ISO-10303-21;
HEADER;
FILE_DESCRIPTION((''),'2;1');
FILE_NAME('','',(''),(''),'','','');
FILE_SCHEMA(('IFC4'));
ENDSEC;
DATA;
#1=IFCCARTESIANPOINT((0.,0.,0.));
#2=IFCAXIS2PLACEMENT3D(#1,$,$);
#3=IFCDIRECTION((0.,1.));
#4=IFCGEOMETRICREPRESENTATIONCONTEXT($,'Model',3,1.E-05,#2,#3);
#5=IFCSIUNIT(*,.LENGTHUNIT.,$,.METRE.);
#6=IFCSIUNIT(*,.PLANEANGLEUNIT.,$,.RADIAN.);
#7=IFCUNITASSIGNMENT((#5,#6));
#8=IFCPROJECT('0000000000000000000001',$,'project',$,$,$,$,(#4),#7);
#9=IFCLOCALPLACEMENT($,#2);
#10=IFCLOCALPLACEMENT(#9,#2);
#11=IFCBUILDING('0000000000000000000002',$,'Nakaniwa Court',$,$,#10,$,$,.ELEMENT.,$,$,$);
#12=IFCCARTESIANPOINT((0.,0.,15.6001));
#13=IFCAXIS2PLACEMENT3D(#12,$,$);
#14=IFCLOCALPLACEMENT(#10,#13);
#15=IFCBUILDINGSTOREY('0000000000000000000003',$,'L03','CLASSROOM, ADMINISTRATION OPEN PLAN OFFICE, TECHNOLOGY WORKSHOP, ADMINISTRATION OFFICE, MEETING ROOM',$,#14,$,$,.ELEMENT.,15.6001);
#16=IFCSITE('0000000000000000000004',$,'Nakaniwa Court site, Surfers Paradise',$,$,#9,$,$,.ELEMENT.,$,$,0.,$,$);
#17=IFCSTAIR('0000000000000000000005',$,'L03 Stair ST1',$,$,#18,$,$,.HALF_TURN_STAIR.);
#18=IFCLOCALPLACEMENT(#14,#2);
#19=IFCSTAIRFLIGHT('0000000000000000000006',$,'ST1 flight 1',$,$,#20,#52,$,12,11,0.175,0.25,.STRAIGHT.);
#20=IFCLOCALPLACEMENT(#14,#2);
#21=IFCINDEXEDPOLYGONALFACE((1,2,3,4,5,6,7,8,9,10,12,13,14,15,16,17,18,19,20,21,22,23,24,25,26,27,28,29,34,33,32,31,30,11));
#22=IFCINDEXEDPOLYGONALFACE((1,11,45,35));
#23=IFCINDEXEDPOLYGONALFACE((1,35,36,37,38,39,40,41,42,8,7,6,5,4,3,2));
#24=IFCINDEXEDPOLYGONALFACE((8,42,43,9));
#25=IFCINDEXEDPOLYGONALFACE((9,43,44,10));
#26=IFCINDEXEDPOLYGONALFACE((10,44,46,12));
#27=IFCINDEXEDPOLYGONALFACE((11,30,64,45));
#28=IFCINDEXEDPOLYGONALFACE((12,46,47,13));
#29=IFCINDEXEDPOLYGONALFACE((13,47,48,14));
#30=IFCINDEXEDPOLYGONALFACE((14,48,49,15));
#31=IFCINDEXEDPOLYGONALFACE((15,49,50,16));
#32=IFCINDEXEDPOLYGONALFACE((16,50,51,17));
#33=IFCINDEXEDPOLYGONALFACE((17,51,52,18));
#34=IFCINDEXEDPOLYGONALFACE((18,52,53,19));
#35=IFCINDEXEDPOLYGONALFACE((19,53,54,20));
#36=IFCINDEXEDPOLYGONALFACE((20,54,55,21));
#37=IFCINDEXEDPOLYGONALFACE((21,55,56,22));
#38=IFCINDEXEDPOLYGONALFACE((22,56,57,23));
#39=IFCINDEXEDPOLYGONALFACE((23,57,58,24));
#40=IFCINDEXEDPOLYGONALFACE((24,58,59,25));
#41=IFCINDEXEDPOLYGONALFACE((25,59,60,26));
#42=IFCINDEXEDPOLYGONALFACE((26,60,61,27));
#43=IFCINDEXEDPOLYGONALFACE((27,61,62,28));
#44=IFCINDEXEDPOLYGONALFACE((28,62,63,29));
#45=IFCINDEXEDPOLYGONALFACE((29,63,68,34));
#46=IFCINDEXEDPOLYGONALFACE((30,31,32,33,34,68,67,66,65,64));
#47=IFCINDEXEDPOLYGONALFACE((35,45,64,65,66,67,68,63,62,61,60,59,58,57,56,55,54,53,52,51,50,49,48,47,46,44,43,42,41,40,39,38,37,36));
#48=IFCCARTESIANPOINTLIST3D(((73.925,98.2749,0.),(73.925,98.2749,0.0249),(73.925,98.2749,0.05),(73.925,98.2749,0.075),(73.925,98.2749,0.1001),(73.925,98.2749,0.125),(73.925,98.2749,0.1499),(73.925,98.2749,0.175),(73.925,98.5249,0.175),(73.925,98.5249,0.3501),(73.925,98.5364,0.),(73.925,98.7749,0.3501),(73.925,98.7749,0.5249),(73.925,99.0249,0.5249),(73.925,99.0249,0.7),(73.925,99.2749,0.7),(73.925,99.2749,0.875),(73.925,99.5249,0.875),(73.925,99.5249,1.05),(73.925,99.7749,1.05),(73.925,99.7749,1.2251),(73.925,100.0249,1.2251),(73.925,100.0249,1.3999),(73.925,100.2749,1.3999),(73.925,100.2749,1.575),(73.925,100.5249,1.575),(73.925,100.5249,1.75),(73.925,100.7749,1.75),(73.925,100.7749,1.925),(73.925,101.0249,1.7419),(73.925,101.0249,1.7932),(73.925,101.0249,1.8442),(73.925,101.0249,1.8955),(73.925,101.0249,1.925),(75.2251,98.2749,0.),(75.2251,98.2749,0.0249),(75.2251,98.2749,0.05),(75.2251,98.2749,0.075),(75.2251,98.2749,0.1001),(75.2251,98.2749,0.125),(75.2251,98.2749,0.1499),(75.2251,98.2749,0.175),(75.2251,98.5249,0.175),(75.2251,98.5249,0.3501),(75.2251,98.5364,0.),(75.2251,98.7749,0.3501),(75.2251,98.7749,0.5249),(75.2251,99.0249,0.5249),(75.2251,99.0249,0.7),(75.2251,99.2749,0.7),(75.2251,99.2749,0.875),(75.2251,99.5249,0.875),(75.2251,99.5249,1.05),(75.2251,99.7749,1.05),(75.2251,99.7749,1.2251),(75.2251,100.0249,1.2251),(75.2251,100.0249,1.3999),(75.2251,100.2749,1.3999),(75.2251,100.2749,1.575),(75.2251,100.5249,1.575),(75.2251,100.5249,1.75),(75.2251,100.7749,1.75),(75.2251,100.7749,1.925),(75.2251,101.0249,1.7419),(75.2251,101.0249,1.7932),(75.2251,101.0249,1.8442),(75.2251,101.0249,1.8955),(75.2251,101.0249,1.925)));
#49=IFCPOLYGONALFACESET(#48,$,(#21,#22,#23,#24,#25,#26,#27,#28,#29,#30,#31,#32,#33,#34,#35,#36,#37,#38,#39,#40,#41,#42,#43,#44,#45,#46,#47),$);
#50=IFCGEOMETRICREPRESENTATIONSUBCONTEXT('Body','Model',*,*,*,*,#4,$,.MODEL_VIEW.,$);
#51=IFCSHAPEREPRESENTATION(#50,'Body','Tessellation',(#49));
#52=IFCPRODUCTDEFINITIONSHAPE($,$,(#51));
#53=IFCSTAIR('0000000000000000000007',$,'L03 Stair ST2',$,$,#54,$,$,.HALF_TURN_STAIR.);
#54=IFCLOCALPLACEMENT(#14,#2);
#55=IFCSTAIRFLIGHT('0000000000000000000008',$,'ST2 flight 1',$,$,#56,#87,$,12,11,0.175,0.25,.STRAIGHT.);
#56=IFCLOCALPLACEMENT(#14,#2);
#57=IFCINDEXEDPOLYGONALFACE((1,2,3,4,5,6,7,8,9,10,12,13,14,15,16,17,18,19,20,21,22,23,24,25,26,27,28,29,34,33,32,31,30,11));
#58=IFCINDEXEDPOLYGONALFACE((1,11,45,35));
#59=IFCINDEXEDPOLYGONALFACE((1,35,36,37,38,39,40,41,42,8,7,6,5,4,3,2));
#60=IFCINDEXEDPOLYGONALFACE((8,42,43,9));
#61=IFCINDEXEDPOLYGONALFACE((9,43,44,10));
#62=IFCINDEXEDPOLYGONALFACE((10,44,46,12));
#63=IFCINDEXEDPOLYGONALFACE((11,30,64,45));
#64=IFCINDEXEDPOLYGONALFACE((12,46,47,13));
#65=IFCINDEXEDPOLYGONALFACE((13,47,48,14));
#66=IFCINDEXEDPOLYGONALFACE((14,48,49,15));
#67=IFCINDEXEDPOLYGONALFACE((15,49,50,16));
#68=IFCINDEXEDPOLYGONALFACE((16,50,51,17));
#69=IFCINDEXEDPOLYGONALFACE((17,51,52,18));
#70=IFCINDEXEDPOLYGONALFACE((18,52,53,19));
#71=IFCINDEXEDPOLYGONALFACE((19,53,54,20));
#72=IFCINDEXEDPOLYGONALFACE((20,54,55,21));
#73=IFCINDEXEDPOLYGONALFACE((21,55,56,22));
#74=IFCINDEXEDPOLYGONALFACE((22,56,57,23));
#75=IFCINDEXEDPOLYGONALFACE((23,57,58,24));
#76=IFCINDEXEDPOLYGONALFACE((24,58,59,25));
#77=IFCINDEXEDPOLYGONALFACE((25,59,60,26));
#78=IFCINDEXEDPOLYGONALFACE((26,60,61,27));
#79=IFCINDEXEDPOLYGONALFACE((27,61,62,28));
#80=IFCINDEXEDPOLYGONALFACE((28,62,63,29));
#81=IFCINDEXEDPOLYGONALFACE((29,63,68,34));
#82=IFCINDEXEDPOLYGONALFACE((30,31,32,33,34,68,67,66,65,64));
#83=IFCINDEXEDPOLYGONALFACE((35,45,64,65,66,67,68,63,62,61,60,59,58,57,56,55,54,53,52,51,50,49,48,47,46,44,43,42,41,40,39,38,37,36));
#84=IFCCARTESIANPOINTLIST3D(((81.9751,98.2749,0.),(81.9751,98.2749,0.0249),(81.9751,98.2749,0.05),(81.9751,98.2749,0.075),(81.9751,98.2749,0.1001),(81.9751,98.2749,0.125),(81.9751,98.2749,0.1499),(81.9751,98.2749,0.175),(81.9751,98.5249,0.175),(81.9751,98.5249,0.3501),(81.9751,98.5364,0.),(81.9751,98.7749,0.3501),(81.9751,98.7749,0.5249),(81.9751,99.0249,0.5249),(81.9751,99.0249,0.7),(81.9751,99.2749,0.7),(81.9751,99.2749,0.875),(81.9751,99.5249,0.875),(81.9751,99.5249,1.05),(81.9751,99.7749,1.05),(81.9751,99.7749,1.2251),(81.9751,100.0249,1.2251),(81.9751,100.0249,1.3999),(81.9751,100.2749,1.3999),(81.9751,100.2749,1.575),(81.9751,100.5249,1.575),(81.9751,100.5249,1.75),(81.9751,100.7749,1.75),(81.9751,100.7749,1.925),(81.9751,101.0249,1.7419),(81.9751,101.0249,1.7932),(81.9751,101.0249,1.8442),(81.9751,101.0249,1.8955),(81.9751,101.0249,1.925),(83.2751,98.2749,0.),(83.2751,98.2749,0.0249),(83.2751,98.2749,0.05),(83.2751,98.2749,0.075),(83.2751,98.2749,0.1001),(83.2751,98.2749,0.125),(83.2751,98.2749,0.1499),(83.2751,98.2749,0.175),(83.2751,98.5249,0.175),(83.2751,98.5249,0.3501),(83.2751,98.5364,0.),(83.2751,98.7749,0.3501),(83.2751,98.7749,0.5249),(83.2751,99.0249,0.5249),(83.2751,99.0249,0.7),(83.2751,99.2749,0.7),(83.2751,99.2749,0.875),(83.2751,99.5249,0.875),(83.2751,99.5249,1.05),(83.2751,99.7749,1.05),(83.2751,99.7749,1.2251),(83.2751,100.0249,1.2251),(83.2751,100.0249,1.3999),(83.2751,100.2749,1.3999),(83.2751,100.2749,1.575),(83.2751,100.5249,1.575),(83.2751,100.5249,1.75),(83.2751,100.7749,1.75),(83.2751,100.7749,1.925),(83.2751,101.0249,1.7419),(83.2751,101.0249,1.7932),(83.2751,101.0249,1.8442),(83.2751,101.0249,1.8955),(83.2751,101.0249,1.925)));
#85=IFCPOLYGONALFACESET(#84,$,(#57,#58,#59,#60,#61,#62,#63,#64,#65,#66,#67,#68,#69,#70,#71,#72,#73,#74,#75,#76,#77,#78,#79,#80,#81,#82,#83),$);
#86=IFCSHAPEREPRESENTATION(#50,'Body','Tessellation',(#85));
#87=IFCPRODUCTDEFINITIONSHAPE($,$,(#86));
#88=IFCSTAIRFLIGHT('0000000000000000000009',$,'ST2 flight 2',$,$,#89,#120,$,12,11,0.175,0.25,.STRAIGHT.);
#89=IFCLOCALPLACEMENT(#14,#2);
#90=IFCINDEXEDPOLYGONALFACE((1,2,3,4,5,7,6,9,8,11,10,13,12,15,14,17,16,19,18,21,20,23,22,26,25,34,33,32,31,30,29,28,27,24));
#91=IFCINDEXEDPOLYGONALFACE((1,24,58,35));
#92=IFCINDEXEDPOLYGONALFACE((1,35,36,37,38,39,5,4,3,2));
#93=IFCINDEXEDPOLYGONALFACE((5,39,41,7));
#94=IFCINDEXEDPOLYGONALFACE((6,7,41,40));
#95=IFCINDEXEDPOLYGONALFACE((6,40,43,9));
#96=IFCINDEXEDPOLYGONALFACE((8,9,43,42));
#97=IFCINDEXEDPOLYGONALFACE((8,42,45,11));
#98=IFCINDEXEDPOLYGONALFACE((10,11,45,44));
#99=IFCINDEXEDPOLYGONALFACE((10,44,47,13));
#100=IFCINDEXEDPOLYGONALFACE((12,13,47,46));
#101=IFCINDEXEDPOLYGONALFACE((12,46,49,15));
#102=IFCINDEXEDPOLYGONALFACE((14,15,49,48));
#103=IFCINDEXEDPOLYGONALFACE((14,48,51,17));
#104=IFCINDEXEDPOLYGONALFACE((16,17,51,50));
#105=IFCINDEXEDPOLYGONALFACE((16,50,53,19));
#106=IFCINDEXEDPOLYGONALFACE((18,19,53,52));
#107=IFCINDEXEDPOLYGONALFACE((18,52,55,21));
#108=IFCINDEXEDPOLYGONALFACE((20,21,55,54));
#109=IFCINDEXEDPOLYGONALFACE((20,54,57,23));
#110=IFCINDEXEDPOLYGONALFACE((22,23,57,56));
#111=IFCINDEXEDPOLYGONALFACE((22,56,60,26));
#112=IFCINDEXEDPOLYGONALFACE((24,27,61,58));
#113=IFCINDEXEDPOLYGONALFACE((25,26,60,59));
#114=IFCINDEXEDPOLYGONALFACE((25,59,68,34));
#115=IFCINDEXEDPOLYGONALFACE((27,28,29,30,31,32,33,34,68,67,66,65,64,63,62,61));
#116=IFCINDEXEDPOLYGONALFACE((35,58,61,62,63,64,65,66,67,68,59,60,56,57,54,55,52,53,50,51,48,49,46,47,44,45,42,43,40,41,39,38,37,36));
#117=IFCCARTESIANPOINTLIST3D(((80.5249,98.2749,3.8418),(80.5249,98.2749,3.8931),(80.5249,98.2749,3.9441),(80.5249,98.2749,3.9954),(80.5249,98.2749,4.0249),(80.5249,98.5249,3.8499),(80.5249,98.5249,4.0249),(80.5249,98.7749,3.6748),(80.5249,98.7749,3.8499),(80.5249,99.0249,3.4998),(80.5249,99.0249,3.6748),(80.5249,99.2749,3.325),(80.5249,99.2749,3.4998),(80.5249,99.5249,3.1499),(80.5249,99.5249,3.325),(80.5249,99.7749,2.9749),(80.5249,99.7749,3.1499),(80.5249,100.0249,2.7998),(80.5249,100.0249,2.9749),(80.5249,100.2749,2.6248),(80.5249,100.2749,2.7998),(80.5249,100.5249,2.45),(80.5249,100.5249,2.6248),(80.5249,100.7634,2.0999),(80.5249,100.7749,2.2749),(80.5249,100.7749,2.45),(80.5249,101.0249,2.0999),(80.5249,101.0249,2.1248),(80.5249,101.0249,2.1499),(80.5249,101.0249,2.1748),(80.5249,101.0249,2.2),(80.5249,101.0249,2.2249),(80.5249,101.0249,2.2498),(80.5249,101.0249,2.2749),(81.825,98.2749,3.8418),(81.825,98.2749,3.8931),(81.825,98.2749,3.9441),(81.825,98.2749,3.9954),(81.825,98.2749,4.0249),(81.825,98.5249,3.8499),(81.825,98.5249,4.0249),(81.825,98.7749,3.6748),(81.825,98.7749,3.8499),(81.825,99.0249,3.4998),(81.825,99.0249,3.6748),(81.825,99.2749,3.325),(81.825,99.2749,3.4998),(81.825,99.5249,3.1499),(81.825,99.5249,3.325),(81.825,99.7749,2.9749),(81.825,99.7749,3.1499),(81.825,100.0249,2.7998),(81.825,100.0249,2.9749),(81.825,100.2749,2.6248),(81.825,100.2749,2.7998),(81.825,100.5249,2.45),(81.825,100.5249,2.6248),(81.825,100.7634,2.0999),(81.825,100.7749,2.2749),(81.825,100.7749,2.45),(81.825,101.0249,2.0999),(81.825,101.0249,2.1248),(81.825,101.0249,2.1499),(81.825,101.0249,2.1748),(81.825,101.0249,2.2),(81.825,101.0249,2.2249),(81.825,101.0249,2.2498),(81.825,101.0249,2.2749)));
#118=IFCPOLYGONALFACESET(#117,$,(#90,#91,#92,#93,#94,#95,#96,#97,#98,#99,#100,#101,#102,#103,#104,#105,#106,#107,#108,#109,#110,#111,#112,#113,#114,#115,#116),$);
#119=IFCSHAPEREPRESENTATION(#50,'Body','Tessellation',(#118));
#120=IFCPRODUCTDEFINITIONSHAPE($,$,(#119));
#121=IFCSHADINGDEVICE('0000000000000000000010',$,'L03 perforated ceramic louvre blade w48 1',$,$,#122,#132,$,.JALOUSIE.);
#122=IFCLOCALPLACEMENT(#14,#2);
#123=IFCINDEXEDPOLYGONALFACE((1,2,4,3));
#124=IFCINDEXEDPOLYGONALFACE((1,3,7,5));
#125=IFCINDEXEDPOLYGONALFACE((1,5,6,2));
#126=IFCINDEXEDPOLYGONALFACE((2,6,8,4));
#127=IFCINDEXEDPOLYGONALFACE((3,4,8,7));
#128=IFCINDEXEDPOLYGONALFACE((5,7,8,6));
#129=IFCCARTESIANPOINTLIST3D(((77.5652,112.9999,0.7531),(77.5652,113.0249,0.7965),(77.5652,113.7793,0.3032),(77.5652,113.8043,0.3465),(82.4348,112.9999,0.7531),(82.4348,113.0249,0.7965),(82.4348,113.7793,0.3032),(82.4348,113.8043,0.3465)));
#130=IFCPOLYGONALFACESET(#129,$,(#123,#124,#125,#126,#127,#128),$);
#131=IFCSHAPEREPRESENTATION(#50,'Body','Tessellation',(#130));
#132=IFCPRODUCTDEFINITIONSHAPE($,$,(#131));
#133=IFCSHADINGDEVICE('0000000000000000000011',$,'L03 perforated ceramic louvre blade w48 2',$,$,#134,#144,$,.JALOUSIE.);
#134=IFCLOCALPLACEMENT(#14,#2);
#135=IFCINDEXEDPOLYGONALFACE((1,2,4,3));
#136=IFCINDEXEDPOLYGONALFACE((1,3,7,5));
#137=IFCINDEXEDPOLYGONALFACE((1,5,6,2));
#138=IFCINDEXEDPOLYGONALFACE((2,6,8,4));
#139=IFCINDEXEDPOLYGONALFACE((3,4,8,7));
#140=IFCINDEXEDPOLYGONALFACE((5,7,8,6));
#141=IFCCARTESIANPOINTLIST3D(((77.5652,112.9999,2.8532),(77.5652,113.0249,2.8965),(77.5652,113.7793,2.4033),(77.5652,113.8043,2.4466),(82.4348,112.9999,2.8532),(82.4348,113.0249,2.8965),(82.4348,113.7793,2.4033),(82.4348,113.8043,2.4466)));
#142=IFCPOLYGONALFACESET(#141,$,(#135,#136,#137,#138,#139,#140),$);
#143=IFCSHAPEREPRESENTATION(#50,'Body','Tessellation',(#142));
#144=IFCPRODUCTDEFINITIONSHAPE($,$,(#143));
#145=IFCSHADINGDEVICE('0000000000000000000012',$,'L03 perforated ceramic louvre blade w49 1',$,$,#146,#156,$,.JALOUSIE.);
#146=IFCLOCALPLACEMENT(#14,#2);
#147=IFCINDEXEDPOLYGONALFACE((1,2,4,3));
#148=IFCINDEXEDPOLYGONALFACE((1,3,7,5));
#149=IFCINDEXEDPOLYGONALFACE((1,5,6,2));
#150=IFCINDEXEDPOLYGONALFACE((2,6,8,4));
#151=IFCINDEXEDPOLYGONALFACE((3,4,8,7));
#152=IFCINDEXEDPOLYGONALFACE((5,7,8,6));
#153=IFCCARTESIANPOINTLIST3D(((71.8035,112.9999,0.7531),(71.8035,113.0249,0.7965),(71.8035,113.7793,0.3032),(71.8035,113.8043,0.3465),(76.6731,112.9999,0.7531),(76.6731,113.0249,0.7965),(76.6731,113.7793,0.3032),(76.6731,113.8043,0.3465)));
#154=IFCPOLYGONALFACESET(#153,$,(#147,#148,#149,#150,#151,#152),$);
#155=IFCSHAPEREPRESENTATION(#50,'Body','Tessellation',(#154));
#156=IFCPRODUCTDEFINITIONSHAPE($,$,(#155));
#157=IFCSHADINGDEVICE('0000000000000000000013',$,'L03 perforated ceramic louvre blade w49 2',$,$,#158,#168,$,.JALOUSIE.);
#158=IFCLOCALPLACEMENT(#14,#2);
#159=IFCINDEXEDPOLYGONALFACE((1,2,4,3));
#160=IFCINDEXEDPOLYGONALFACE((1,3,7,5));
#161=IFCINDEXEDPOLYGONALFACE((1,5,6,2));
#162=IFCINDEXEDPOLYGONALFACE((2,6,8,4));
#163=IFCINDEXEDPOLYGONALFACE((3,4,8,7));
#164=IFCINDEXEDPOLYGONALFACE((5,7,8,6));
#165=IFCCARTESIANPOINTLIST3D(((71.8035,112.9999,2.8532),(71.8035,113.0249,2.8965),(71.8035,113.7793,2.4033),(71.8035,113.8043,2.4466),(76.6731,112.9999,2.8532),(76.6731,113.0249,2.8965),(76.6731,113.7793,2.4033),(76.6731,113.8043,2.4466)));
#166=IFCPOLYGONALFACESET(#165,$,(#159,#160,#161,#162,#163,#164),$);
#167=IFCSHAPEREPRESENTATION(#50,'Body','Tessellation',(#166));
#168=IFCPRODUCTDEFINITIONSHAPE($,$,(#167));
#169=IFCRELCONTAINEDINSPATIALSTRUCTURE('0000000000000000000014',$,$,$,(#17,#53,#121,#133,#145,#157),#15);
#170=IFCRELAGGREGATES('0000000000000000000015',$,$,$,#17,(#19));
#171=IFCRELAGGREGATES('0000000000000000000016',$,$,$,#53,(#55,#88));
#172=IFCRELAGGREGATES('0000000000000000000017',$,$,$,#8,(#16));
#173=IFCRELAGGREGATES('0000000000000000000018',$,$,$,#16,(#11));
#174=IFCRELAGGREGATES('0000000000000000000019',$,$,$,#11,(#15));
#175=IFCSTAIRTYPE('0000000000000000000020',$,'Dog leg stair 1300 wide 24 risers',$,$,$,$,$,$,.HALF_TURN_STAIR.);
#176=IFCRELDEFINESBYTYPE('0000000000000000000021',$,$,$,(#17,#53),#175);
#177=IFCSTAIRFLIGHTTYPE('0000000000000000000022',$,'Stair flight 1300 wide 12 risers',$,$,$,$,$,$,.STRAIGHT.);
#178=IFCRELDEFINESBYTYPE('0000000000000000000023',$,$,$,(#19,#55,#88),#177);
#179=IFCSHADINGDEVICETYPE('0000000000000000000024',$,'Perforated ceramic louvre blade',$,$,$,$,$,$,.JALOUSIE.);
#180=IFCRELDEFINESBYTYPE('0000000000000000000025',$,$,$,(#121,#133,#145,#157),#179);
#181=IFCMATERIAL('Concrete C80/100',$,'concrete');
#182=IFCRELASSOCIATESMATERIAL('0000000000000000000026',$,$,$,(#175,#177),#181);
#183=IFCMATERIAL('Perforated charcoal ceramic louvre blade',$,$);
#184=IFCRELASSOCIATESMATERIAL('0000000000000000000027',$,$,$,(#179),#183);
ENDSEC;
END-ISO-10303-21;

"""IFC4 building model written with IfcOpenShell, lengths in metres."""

from ifc_helpers import new_model, si_unit, direction, frame, origin, origin_2d, place, context, subcontext, project, spatial, polyline, rectangle, outline, extrude, material, material_profile, profile_set, type_object, element, aggregate, save


model = new_model("IFC4")

# Units and contexts
model_context = context("Model", 3, precision=1e-05, world=origin(), true_north=direction((0.0, 1.0)))
body_context = subcontext(model_context, "Body", "Model", "MODEL_VIEW")
ifc_project = project(units=[si_unit("LENGTHUNIT", "METRE"), si_unit("PLANEANGLEUNIT", "RADIAN")], contexts=[model_context])

# Site, building, storey
site_placement = place(None, origin())
site = spatial("IfcSite", under=ifc_project, at=site_placement, Name="Nakaniwa Court site, Surfers Paradise", CompositionType="ELEMENT", RefElevation=0.0)
building_placement = place(site_placement, origin())
building = spatial("IfcBuilding", under=site, at=building_placement, Name="Nakaniwa Court", CompositionType="ELEMENT")
storey_placement = place(building_placement, frame((0.0, 0.0, 15.6001)))
storey = spatial("IfcBuildingStorey", under=building, at=storey_placement, Name="L03", Description="CLASSROOM, ADMINISTRATION OPEN PLAN OFFICE, TECHNOLOGY WORKSHOP, ADMINISTRATION OFFICE, MEETING ROOM", CompositionType="ELEMENT", Elevation=15.6001)

# Stair, stair flight
ifc_material_1 = material(Name="Concrete C80/100", Category="concrete")
stair_type = type_object("IfcStairType", Name="Dog leg stair 1300 wide 24 risers", PredefinedType="HALF_TURN_STAIR", material=ifc_material_1)
stair_1_placement = place(storey_placement, origin())
stair_1 = element("IfcStair", 1, at=stair_1_placement, inside=storey, type_object=stair_type, Name="L03 Stair ST1", PredefinedType="HALF_TURN_STAIR")
stair_flight_type = type_object("IfcStairFlightType", Name="Stair flight 1300 wide 12 risers", PredefinedType="STRAIGHT", material=ifc_material_1)
stair_flight_1_placement = place(storey_placement, frame((74.575, 98.2749, 0.0), z_axis=(0.0, 0.0, 1.0), x_axis=(0.0, 1.0, 0.0)))
stair_flight_1 = element("IfcStairFlight", 2, at=stair_flight_1_placement, type_object=stair_flight_type, Name="ST1 flight 1", NumberOfRisers=12, NumberOfTreads=11, PredefinedType="STRAIGHT", RiserHeight=0.175, TreadLength=0.25, context=body_context, shape_type="SweptSolid", body=[
    extrude(outline(polyline([(0.0, 0.0), (0.0, 0.0249), (0.0, 0.05), (0.0, 0.075), (0.0, 0.1001), (0.0, 0.125), (0.0, 0.1499), (0.0, 0.175), (0.25, 0.175), (0.25, 0.3501), (0.5, 0.3501), (0.5, 0.5249), (0.75, 0.5249), (0.75, 0.7), (1.0, 0.7), (1.0, 0.875), (1.25, 0.875), (1.25, 1.05), (1.5, 1.05), (1.5, 1.2251), (1.75, 1.2251), (1.75, 1.3999), (2.0, 1.3999), (2.0, 1.575), (2.25, 1.575), (2.25, 1.75), (2.5, 1.75), (2.5, 1.925), (2.75, 1.925), (2.75, 2.1001), (2.75, 2.0488), (2.75, 1.9978), (2.75, 1.9465), (2.75, 1.8955), (2.75, 1.8442), (2.75, 1.7932), (2.75, 1.7419), (0.2615, 0.0), (0.0, 0.0)])), frame((0.0, 0.6499, 0.0), z_axis=(0.0, -1.0, 0.0), x_axis=(1.0, 0.0, 0.0)), (0.0, 0.0, 1.0), 1.3),
])
aggregate(stair_1, [stair_flight_1])

# Stair, stair flights
stair_2_placement = place(storey_placement, origin())
stair_2 = element("IfcStair", 3, at=stair_2_placement, inside=storey, type_object=stair_type, Name="L03 Stair ST2", PredefinedType="HALF_TURN_STAIR")
stair_flight_2_placement = place(storey_placement, frame((82.625, 98.2749, 0.0), z_axis=(0.0, 0.0, 1.0), x_axis=(0.0, 1.0, 0.0)))
stair_flight_2 = element("IfcStairFlight", 4, at=stair_flight_2_placement, type_object=stair_flight_type, Name="ST2 flight 1", NumberOfRisers=12, NumberOfTreads=11, PredefinedType="STRAIGHT", RiserHeight=0.175, TreadLength=0.25, context=body_context, shape_type="SweptSolid", body=[
    extrude(outline(polyline([(0.0, 0.0), (0.0, 0.0249), (0.0, 0.05), (0.0, 0.075), (0.0, 0.1001), (0.0, 0.125), (0.0, 0.1499), (0.0, 0.175), (0.25, 0.175), (0.25, 0.3501), (0.5, 0.3501), (0.5, 0.5249), (0.75, 0.5249), (0.75, 0.7), (1.0, 0.7), (1.0, 0.875), (1.25, 0.875), (1.25, 1.05), (1.5, 1.05), (1.5, 1.2251), (1.75, 1.2251), (1.75, 1.3999), (2.0, 1.3999), (2.0, 1.575), (2.25, 1.575), (2.25, 1.75), (2.5, 1.75), (2.5, 1.925), (2.75, 1.925), (2.75, 2.1001), (2.75, 2.0488), (2.75, 1.9978), (2.75, 1.9465), (2.75, 1.8955), (2.75, 1.8442), (2.75, 1.7932), (2.75, 1.7419), (0.2615, 0.0), (0.0, 0.0)])), frame((0.0, 0.6499, 0.0), z_axis=(0.0, -1.0, 0.0), x_axis=(1.0, 0.0, 0.0)), (0.0, 0.0, 1.0), 1.3),
])
stair_flight_3_placement = place(storey_placement, frame((81.175, 101.0249, 2.0999), z_axis=(0.0, 0.0, 1.0), x_axis=(0.0, -1.0, 0.0)))
stair_flight_3 = element("IfcStairFlight", 5, at=stair_flight_3_placement, type_object=stair_flight_type, Name="ST2 flight 2", NumberOfRisers=12, NumberOfTreads=11, PredefinedType="STRAIGHT", RiserHeight=0.175, TreadLength=0.25, context=body_context, shape_type="SweptSolid", body=[
    extrude(outline(polyline([(0.0, 0.0), (0.0, 0.0249), (0.0, 0.05), (0.0, 0.075), (0.0, 0.1001), (0.0, 0.125), (0.0, 0.1499), (0.0, 0.175), (0.25, 0.175), (0.25, 0.3501), (0.5, 0.3501), (0.5, 0.5249), (0.75, 0.5249), (0.75, 0.7), (1.0, 0.7), (1.0, 0.875), (1.25, 0.875), (1.25, 1.05), (1.5, 1.05), (1.5, 1.2251), (1.75, 1.2251), (1.75, 1.3999), (2.0, 1.3999), (2.0, 1.575), (2.25, 1.575), (2.25, 1.75), (2.5, 1.75), (2.5, 1.925), (2.75, 1.925), (2.75, 2.1001), (2.75, 2.0488), (2.75, 1.9978), (2.75, 1.9465), (2.75, 1.8955), (2.75, 1.8442), (2.75, 1.7932), (2.75, 1.7419), (0.2615, 0.0), (0.0, 0.0)])), frame((0.0, 0.6499, 0.0), z_axis=(0.0, -1.0, 0.0), x_axis=(1.0, 0.0, 0.0)), (0.0, 0.0, 1.0), 1.3),
])
aggregate(stair_2, [stair_flight_2, stair_flight_3])

# Shading devices
ifc_material_2 = material(Name="Perforated charcoal ceramic louvre blade")
ifc_material_profile_1 = material_profile(ifc_material_2, rectangle(XDim=0.8999, YDim=0.05, at=origin_2d()), Name="Perforated ceramic louvre blade")
ifc_profile_set_1 = profile_set([ifc_material_profile_1], Name="Perforated charcoal ceramic louvre blade")
shading_device_type = type_object("IfcShadingDeviceType", Name="Perforated ceramic louvre blade", PredefinedType="JALOUSIE", material=ifc_profile_set_1)
for number, where, z_axis, x_axis, name in (
    (6, (82.4348, 113.4021, 0.5498), (-1.0, 0.0, 0.0), (0.0, -0.866025, 0.5), "L03 perforated ceramic louvre blade w48 1"),
    (7, (82.4348, 113.4021, 2.6499), (-1.0, 0.0, 0.0), (0.0, -0.866025, 0.5), "L03 perforated ceramic louvre blade w48 2"),
    (8, (76.6731, 113.4021, 0.5498), (-1.0, 0.0, 0.0), (0.0, -0.866025, 0.5), "L03 perforated ceramic louvre blade w49 1"),
    (9, (76.6731, 113.4021, 2.6499), (-1.0, 0.0, 0.0), (0.0, -0.866025, 0.5), "L03 perforated ceramic louvre blade w49 2"),
):
    element("IfcShadingDevice", number, at=place(storey_placement, frame(where, z_axis=z_axis, x_axis=x_axis)), inside=storey, type_object=shading_device_type, Name=name, PredefinedType="JALOUSIE", context=body_context, shape_type="SweptSolid", body=[
        extrude(rectangle(XDim=0.8999, YDim=0.05, at=origin_2d()), origin(), (0.0, 0.0, 1.0), 4.8696),
    ])

save(model, "model.ifc")
